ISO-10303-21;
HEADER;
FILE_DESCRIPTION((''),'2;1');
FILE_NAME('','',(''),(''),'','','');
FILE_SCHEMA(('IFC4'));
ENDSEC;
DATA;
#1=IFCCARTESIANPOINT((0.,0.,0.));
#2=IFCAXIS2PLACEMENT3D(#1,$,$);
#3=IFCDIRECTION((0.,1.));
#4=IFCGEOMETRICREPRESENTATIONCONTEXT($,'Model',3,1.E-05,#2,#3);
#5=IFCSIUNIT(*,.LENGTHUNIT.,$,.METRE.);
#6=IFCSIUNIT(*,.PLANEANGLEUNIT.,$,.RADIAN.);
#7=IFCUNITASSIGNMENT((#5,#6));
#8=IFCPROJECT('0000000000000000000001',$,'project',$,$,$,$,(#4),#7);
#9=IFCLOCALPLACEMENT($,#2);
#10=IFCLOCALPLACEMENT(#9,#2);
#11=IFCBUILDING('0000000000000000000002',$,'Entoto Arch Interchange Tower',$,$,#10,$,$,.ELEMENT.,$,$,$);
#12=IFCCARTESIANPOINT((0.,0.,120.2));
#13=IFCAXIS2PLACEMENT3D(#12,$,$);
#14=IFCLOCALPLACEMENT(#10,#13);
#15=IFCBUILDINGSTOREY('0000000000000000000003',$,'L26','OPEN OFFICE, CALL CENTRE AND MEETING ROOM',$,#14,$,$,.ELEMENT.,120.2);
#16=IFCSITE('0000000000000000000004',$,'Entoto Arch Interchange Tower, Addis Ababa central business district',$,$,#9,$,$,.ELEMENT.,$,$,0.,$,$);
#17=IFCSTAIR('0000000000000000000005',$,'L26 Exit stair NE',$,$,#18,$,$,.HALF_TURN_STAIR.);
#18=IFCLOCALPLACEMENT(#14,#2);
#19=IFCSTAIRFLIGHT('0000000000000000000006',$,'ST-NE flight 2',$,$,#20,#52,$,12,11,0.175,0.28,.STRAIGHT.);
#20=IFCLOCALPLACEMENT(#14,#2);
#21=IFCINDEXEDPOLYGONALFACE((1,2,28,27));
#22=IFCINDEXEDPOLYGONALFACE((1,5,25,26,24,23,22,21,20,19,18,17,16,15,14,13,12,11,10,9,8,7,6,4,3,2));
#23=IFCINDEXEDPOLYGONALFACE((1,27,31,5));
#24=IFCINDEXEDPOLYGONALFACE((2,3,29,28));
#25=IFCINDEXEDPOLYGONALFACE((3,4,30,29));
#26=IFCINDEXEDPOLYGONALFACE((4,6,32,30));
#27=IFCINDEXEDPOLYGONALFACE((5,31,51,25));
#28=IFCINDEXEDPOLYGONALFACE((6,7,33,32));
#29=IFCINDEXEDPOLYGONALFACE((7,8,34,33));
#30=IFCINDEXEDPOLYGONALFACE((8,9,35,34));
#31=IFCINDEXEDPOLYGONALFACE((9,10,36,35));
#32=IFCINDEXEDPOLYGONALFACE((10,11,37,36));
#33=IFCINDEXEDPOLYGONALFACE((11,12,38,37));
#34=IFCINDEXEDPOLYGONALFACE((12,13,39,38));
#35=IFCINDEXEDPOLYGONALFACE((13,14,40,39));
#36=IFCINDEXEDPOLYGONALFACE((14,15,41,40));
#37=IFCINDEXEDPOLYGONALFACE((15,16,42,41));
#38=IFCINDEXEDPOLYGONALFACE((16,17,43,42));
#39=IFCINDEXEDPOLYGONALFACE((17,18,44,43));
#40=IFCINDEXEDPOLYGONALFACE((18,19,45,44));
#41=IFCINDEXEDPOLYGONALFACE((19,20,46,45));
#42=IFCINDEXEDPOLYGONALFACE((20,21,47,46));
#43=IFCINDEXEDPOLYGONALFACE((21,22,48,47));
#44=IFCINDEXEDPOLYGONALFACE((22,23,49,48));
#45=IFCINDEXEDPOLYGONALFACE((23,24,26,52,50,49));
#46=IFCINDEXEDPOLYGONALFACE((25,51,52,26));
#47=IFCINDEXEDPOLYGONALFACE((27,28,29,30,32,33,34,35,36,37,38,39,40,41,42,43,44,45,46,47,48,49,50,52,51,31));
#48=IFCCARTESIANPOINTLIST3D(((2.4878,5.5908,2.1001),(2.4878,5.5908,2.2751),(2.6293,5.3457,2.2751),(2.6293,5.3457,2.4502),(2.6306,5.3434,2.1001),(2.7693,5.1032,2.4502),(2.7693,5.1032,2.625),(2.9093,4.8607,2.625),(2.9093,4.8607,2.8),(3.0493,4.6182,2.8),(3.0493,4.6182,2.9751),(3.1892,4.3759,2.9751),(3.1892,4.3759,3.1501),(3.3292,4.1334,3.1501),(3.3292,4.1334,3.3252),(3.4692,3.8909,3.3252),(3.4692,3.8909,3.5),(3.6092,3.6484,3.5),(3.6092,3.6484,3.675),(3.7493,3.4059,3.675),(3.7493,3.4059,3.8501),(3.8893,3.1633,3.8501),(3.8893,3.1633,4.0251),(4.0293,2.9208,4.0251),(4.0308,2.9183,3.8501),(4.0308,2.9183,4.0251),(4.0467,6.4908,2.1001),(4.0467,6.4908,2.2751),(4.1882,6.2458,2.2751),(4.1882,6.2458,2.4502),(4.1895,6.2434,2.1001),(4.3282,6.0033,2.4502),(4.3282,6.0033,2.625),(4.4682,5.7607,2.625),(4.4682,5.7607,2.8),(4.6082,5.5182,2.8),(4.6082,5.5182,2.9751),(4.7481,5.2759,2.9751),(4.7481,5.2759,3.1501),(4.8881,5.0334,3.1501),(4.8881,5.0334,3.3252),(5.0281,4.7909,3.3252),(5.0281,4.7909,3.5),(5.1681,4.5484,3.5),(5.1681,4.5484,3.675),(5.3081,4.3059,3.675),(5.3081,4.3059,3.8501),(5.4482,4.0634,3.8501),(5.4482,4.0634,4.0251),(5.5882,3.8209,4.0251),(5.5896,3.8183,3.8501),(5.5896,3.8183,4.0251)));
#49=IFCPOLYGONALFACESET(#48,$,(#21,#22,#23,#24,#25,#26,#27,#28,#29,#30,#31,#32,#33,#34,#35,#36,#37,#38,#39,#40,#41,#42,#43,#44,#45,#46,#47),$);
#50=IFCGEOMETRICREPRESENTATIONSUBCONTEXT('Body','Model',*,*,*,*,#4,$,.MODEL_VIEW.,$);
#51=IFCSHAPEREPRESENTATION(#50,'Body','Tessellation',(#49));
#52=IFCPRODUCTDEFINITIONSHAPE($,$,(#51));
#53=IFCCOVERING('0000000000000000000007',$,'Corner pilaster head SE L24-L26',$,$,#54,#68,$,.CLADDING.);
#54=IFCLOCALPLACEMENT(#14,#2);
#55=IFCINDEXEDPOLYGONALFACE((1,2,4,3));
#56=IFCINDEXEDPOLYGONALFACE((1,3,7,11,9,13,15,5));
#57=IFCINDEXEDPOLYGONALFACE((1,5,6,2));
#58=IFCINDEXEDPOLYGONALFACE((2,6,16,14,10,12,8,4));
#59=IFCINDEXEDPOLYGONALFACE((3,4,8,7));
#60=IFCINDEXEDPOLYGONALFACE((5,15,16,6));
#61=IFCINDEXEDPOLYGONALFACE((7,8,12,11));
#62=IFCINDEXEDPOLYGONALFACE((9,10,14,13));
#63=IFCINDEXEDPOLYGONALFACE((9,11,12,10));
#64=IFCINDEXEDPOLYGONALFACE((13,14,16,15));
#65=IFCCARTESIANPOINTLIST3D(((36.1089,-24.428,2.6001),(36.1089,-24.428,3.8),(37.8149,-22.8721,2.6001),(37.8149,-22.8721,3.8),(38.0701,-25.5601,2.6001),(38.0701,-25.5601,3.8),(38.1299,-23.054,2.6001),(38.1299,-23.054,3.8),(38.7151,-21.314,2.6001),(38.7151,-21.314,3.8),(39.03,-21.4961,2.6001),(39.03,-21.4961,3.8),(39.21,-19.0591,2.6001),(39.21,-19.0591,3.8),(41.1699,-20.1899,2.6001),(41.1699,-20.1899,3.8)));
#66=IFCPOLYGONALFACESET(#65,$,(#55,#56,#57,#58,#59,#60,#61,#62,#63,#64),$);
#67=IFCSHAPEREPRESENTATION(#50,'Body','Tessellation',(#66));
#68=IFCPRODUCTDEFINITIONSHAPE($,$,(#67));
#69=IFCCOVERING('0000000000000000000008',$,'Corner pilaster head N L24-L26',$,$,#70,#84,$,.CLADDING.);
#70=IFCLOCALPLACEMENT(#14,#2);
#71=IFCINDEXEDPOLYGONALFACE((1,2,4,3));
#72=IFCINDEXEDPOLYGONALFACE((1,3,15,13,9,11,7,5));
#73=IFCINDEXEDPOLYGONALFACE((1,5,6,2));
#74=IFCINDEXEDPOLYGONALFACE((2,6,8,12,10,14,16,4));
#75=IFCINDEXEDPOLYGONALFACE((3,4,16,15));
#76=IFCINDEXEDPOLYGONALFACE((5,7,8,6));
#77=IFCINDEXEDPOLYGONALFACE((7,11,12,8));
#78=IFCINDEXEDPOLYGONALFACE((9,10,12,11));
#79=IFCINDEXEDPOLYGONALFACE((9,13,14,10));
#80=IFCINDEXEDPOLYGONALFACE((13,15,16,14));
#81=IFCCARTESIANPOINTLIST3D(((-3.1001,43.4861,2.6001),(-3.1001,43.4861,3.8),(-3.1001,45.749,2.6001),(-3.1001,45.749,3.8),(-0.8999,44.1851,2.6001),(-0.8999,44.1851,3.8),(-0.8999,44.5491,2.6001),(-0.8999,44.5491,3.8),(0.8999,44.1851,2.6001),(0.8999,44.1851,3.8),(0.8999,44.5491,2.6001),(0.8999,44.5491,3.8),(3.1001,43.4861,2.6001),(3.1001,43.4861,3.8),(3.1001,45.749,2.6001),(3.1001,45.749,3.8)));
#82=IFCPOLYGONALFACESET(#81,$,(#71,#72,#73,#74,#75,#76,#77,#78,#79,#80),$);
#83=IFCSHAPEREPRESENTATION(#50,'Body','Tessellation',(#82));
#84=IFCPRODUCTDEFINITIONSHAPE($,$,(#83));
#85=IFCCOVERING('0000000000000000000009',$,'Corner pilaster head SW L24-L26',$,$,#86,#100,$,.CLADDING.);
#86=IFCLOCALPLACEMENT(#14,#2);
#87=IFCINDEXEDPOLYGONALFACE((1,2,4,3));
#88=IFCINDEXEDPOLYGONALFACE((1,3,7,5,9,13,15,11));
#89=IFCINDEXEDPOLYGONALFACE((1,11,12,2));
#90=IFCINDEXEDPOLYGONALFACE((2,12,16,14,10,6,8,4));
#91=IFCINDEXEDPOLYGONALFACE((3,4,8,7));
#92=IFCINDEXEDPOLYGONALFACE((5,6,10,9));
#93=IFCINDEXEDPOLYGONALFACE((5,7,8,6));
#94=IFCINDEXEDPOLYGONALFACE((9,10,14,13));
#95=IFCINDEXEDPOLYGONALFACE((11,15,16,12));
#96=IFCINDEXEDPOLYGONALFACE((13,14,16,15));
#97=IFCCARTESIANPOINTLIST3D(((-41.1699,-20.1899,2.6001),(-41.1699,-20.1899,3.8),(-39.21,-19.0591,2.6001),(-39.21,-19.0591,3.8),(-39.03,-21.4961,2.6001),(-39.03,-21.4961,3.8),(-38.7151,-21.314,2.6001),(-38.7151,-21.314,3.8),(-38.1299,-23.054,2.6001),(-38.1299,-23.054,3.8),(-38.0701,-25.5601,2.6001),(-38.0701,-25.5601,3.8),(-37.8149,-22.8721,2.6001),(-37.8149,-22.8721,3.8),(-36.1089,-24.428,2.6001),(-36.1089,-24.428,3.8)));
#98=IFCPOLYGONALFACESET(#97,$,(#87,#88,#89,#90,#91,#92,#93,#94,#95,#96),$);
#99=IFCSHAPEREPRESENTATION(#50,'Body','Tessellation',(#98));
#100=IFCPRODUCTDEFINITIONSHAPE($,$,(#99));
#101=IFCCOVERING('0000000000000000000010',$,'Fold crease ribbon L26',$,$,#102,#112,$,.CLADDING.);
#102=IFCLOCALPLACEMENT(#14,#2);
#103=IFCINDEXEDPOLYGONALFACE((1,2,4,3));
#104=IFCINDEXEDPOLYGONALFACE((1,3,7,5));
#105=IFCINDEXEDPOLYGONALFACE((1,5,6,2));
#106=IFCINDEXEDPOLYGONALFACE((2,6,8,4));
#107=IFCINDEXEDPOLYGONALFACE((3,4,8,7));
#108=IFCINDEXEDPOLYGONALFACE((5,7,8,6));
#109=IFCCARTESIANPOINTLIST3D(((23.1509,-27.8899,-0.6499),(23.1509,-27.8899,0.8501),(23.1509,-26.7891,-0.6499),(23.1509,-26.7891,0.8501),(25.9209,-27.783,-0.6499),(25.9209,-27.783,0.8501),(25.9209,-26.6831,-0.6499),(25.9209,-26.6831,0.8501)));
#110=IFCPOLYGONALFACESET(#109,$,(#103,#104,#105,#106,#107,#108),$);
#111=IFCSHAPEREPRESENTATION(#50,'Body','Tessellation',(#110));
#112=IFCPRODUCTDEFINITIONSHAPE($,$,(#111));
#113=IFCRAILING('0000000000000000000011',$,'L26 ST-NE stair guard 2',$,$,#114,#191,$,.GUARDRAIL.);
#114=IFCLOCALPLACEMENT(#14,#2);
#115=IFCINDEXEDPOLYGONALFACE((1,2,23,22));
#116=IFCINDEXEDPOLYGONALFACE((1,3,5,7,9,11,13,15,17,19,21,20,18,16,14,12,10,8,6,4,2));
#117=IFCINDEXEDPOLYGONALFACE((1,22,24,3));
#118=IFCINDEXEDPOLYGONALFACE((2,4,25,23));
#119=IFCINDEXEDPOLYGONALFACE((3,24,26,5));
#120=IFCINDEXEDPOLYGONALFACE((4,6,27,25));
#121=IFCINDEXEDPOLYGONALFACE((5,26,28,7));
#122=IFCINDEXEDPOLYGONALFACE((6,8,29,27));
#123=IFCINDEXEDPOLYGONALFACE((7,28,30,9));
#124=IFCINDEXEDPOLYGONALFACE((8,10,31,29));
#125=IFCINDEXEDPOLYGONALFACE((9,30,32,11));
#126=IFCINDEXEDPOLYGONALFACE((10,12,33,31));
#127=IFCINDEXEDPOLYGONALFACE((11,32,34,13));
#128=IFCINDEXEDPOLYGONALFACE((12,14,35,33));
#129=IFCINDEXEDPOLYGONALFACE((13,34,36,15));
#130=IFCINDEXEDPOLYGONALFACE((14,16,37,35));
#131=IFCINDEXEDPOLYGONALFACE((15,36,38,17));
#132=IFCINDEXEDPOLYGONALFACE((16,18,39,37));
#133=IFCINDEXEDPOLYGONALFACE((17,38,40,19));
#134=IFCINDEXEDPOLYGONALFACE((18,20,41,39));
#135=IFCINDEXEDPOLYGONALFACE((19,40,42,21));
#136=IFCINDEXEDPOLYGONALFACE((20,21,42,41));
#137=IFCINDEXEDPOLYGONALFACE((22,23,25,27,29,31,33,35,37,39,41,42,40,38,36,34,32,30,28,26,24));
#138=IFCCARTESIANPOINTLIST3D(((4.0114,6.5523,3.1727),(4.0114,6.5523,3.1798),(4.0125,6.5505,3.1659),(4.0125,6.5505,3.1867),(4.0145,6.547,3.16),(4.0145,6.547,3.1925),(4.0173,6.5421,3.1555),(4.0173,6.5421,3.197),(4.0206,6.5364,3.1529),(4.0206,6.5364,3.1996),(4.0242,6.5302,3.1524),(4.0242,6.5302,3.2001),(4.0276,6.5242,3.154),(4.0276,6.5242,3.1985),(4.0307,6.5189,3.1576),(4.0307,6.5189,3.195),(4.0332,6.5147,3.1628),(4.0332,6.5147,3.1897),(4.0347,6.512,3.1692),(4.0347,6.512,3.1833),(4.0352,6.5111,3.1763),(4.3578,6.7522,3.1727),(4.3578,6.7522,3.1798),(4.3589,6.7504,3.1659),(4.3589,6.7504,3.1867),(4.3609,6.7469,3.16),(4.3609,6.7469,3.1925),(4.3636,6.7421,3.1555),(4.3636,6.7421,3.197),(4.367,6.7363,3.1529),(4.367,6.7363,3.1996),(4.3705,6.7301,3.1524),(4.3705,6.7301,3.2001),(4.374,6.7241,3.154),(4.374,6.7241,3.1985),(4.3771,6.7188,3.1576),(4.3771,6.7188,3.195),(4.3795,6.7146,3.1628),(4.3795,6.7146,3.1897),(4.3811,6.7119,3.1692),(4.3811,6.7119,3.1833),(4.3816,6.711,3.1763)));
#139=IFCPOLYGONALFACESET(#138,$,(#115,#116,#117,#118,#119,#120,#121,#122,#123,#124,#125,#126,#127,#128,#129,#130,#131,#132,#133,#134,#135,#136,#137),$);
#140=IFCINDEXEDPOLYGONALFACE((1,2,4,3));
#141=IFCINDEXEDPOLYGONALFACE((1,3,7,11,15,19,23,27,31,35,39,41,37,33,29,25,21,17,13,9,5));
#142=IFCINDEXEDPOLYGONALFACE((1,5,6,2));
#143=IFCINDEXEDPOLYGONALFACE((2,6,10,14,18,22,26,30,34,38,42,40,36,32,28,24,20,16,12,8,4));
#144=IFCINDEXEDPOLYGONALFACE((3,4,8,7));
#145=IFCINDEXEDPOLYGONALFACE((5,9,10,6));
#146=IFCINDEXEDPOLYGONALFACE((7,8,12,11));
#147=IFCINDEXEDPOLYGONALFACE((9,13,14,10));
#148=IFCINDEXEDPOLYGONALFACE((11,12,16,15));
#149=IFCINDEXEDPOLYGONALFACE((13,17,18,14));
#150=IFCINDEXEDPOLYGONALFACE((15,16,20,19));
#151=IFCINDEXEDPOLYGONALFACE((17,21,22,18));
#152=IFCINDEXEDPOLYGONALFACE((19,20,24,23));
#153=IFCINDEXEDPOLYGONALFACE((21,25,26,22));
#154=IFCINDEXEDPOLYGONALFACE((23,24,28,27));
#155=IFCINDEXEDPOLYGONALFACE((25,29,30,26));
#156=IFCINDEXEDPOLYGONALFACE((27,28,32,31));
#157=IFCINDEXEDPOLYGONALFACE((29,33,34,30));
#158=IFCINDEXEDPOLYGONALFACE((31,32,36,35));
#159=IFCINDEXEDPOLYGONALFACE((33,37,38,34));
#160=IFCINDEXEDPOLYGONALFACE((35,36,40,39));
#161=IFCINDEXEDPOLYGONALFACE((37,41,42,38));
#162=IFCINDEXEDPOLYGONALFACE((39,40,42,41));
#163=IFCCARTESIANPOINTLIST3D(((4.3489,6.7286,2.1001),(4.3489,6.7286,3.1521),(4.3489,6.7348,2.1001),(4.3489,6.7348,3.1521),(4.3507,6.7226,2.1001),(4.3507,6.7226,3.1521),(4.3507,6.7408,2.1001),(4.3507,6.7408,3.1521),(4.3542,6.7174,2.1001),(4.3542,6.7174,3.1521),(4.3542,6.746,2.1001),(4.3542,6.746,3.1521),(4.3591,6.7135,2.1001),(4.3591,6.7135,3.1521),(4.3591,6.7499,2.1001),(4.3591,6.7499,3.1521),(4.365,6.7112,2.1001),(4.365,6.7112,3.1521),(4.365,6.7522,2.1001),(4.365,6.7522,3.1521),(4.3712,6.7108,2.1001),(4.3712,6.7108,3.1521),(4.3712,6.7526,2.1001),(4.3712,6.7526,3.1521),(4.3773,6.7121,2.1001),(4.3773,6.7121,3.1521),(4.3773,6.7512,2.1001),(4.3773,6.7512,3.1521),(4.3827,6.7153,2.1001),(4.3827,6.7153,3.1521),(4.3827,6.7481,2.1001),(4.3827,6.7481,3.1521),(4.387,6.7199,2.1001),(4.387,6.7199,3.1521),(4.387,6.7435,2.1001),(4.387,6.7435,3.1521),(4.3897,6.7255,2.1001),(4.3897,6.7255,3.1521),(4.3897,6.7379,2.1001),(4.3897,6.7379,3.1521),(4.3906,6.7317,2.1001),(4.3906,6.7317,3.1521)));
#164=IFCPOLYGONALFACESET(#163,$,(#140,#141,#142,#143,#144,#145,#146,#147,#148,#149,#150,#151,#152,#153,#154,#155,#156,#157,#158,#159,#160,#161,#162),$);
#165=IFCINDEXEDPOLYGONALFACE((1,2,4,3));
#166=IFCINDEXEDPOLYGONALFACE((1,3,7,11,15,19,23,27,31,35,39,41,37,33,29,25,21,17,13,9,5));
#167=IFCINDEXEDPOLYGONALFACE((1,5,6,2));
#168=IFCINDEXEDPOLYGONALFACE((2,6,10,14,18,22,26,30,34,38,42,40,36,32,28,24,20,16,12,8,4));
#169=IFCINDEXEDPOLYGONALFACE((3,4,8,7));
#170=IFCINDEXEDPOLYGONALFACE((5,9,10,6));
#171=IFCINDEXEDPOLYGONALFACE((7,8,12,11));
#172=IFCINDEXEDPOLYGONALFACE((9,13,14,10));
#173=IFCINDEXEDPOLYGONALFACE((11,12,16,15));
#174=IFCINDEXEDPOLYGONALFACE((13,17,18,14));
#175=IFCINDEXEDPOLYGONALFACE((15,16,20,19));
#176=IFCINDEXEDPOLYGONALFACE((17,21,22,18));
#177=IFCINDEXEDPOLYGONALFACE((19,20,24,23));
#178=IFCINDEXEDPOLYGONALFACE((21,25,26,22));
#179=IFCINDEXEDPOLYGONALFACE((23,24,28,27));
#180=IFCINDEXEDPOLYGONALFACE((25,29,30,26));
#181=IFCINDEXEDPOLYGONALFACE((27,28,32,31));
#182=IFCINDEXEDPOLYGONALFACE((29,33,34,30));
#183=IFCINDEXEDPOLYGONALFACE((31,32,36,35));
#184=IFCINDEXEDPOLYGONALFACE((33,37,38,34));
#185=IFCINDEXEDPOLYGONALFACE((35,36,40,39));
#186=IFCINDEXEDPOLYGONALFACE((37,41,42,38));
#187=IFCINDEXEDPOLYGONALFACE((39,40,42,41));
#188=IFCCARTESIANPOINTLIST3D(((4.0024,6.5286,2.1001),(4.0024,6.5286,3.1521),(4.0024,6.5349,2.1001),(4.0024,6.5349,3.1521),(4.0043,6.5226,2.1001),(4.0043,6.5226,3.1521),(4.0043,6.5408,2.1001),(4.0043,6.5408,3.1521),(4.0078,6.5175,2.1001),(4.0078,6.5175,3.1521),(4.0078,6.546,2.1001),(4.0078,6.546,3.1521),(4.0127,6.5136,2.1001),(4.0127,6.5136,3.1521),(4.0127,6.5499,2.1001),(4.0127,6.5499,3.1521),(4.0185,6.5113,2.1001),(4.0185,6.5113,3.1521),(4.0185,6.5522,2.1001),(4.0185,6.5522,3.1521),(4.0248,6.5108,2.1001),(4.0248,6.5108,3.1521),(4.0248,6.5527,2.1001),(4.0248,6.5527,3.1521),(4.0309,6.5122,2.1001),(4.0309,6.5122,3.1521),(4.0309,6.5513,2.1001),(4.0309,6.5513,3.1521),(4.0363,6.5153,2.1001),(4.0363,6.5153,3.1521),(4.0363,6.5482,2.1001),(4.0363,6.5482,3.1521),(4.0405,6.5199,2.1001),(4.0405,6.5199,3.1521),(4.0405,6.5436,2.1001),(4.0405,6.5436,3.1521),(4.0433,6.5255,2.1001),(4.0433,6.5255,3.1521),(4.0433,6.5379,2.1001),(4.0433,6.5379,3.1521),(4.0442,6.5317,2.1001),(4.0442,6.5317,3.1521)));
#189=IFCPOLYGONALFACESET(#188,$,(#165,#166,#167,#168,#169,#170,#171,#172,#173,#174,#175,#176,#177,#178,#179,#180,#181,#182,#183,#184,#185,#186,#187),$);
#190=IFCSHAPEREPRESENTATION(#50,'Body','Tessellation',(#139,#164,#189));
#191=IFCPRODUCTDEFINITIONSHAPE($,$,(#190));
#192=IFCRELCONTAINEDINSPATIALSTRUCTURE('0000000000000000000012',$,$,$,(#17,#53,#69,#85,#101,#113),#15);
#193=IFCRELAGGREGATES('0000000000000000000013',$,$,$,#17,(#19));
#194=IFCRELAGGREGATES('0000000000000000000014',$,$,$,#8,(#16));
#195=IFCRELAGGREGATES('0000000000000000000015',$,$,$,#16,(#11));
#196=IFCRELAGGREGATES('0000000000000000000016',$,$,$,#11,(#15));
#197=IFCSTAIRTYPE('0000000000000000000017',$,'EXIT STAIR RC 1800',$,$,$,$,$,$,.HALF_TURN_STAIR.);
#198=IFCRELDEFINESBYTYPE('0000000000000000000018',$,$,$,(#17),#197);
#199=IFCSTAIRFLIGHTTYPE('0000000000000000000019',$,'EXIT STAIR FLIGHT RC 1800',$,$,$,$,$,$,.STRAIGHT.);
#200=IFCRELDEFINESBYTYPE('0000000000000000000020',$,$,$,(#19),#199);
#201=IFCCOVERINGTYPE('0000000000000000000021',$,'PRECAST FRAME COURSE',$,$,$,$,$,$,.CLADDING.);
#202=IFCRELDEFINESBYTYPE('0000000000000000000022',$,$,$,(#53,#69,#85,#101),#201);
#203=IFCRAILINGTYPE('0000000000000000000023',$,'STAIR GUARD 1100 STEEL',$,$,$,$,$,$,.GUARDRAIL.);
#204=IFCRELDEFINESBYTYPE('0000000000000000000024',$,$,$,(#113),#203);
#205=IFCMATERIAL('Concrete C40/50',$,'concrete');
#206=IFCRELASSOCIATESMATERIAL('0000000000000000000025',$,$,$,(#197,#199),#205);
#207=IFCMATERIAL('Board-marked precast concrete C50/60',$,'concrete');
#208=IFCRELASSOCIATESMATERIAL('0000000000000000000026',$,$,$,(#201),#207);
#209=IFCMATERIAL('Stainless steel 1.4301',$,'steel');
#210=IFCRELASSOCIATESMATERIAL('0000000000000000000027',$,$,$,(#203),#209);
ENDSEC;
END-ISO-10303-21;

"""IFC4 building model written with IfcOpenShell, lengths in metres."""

from ifc_helpers import new_model, si_unit, direction, frame, origin, origin_2d, place, context, subcontext, project, spatial, polyline, circle, outline, extrude, material, type_object, element, aggregate, save


model = new_model("IFC4")

# Units and contexts
model_context = context("Model", 3, precision=1e-05, world=origin(), true_north=direction((0.0, 1.0)))
body_context = subcontext(model_context, "Body", "Model", "MODEL_VIEW")
ifc_project = project(units=[si_unit("LENGTHUNIT", "METRE"), si_unit("PLANEANGLEUNIT", "RADIAN")], contexts=[model_context])

# Site, building, storey
site_placement = place(None, origin())
site = spatial("IfcSite", under=ifc_project, at=site_placement, Name="Entoto Arch Interchange Tower, Addis Ababa central business district", CompositionType="ELEMENT", RefElevation=0.0)
building_placement = place(site_placement, origin())
building = spatial("IfcBuilding", under=site, at=building_placement, Name="Entoto Arch Interchange Tower", CompositionType="ELEMENT")
storey_placement = place(building_placement, frame((0.0, 0.0, 120.2)))
storey = spatial("IfcBuildingStorey", under=building, at=storey_placement, Name="L26", Description="OPEN OFFICE, CALL CENTRE AND MEETING ROOM", CompositionType="ELEMENT", Elevation=120.2)

# Shared definitions
ifc_material_1 = material(Name="Board-marked precast concrete C50/60", Category="concrete")
ifc_material_2 = material(Name="Concrete C40/50", Category="concrete")

# Stair
stair_type = type_object("IfcStairType", Name="EXIT STAIR RC 1800", PredefinedType="HALF_TURN_STAIR", material=ifc_material_2)
stair_1_placement = place(storey_placement, origin())
stair_1 = element("IfcStair", 1, at=stair_1_placement, inside=storey, type_object=stair_type, Name="L26 Exit stair NE", PredefinedType="HALF_TURN_STAIR")

# Stair flight
stair_flight_type = type_object("IfcStairFlightType", Name="EXIT STAIR FLIGHT RC 1800", PredefinedType="STRAIGHT", material=ifc_material_2)
stair_flight_placement = place(storey_placement, frame((3.2688, 6.0383, 2.1001), z_axis=(0.0, 0.0, 1.0), x_axis=(0.5, -0.866025, 0.0)))
stair_flight = element("IfcStairFlight", 2, at=stair_flight_placement, type_object=stair_flight_type, Name="ST-NE flight 2", NumberOfRisers=12, NumberOfTreads=11, PredefinedType="STRAIGHT", RiserHeight=0.175, TreadLength=0.28, context=body_context, shape_type="SweptSolid", body=[
    extrude(outline(polyline([(-0.0029, 0.0), (-0.0029, 0.175), (0.28, 0.175), (0.28, 0.3501), (0.5601, 0.3501), (0.5601, 0.5249), (0.8401, 0.5249), (0.8401, 0.7), (1.1201, 0.7), (1.1201, 0.875), (1.3999, 0.875), (1.3999, 1.05), (1.6799, 1.05), (1.6799, 1.2251), (1.96, 1.2251), (1.96, 1.3999), (2.24, 1.3999), (2.24, 1.575), (2.52, 1.575), (2.52, 1.75), (2.8, 1.75), (2.8, 1.925), (3.0801, 1.925), (3.083, 1.925), (3.083, 1.75), (0.2827, 0.0), (-0.0029, 0.0)])), frame((0.0, 0.8999, 0.0), z_axis=(0.0, -1.0, 0.0), x_axis=(1.0, 0.0, 0.0)), (0.0, 0.0, 1.0), 1.8),
])
aggregate(stair_1, [stair_flight])

# Coverings
covering_type = type_object("IfcCoveringType", Name="PRECAST FRAME COURSE", PredefinedType="CLADDING", material=ifc_material_1)
covering_1_placement = place(storey_placement, frame((0.0, 0.0, 2.6001)))
element("IfcCovering", 3, at=covering_1_placement, inside=storey, type_object=covering_type, Name="Corner pilaster head SE L24-L26", PredefinedType="CLADDING", context=body_context, shape_type="SweptSolid", body=[
    extrude(outline(polyline([(41.1699, -20.1899), (38.0701, -25.5601), (36.1089, -24.428), (37.8149, -22.8721), (38.1299, -23.054), (39.03, -21.4961), (38.7151, -21.314), (39.21, -19.0591), (41.1699, -20.1899)])), origin(), (0.0, 0.0, 1.0), 1.2),
])
covering_2_placement = place(storey_placement, frame((0.0, 0.0, 2.6001)))
element("IfcCovering", 4, at=covering_2_placement, inside=storey, type_object=covering_type, Name="Corner pilaster head N L24-L26", PredefinedType="CLADDING", context=body_context, shape_type="SweptSolid", body=[
    extrude(outline(polyline([(-3.1001, 45.749), (3.1001, 45.749), (3.1001, 43.4861), (0.8999, 44.1851), (0.8999, 44.5491), (-0.8999, 44.5491), (-0.8999, 44.1851), (-3.1001, 43.4861), (-3.1001, 45.749)])), origin(), (0.0, 0.0, 1.0), 1.2),
])
covering_3_placement = place(storey_placement, frame((0.0, 0.0, 2.6001)))
element("IfcCovering", 5, at=covering_3_placement, inside=storey, type_object=covering_type, Name="Corner pilaster head SW L24-L26", PredefinedType="CLADDING", context=body_context, shape_type="SweptSolid", body=[
    extrude(outline(polyline([(-38.0701, -25.5601), (-41.1699, -20.1899), (-39.21, -19.0591), (-38.7151, -21.314), (-39.03, -21.4961), (-38.1299, -23.054), (-37.8149, -22.8721), (-36.1089, -24.428), (-38.0701, -25.5601)])), origin(), (0.0, 0.0, 1.0), 1.2),
])
covering_4_placement = place(storey_placement, frame((0.0, 0.0, -0.6499)))
element("IfcCovering", 6, at=covering_4_placement, inside=storey, type_object=covering_type, Name="Fold crease ribbon L26", PredefinedType="CLADDING", context=body_context, shape_type="SweptSolid", body=[
    extrude(outline(polyline([(23.1509, -27.8899), (23.1509, -26.7891), (25.9209, -26.6831), (25.9209, -27.783), (23.1509, -27.8899)])), origin(), (0.0, 0.0, 1.0), 1.5),
])

# Railing
ifc_material_3 = material(Name="Stainless steel 1.4301", Category="steel")
railing_type_1 = type_object("IfcRailingType", Name="STAIR GUARD 1100 STEEL", PredefinedType="GUARDRAIL", material=ifc_material_3)
railing_1_placement = place(storey_placement, frame((4.3696, 6.7317, 2.1001)))
element("IfcRailing", 7, at=railing_1_placement, inside=storey, type_object=railing_type_1, Name="L26 ST-NE stair guard 2", PredefinedType="GUARDRAIL", context=body_context, shape_type="SweptSolid", body=[
    extrude(circle(Radius=0.0239, at=origin_2d()), frame((0.0, 0.0, 1.0762), z_axis=(-0.866094, -0.499881, 0.0), x_axis=(0.499881, -0.866094, 0.0)), (0.0, 0.0, 1.0), 0.3999),
    extrude(circle(Radius=0.021, at=origin_2d()), origin(), (0.0, 0.0, 1.0), 1.052),
    extrude(circle(Radius=0.021, at=origin_2d()), frame((-0.3464, -0.2, 0.0)), (0.0, 0.0, 1.0), 1.052),
])

save(model, "model.ifc")
